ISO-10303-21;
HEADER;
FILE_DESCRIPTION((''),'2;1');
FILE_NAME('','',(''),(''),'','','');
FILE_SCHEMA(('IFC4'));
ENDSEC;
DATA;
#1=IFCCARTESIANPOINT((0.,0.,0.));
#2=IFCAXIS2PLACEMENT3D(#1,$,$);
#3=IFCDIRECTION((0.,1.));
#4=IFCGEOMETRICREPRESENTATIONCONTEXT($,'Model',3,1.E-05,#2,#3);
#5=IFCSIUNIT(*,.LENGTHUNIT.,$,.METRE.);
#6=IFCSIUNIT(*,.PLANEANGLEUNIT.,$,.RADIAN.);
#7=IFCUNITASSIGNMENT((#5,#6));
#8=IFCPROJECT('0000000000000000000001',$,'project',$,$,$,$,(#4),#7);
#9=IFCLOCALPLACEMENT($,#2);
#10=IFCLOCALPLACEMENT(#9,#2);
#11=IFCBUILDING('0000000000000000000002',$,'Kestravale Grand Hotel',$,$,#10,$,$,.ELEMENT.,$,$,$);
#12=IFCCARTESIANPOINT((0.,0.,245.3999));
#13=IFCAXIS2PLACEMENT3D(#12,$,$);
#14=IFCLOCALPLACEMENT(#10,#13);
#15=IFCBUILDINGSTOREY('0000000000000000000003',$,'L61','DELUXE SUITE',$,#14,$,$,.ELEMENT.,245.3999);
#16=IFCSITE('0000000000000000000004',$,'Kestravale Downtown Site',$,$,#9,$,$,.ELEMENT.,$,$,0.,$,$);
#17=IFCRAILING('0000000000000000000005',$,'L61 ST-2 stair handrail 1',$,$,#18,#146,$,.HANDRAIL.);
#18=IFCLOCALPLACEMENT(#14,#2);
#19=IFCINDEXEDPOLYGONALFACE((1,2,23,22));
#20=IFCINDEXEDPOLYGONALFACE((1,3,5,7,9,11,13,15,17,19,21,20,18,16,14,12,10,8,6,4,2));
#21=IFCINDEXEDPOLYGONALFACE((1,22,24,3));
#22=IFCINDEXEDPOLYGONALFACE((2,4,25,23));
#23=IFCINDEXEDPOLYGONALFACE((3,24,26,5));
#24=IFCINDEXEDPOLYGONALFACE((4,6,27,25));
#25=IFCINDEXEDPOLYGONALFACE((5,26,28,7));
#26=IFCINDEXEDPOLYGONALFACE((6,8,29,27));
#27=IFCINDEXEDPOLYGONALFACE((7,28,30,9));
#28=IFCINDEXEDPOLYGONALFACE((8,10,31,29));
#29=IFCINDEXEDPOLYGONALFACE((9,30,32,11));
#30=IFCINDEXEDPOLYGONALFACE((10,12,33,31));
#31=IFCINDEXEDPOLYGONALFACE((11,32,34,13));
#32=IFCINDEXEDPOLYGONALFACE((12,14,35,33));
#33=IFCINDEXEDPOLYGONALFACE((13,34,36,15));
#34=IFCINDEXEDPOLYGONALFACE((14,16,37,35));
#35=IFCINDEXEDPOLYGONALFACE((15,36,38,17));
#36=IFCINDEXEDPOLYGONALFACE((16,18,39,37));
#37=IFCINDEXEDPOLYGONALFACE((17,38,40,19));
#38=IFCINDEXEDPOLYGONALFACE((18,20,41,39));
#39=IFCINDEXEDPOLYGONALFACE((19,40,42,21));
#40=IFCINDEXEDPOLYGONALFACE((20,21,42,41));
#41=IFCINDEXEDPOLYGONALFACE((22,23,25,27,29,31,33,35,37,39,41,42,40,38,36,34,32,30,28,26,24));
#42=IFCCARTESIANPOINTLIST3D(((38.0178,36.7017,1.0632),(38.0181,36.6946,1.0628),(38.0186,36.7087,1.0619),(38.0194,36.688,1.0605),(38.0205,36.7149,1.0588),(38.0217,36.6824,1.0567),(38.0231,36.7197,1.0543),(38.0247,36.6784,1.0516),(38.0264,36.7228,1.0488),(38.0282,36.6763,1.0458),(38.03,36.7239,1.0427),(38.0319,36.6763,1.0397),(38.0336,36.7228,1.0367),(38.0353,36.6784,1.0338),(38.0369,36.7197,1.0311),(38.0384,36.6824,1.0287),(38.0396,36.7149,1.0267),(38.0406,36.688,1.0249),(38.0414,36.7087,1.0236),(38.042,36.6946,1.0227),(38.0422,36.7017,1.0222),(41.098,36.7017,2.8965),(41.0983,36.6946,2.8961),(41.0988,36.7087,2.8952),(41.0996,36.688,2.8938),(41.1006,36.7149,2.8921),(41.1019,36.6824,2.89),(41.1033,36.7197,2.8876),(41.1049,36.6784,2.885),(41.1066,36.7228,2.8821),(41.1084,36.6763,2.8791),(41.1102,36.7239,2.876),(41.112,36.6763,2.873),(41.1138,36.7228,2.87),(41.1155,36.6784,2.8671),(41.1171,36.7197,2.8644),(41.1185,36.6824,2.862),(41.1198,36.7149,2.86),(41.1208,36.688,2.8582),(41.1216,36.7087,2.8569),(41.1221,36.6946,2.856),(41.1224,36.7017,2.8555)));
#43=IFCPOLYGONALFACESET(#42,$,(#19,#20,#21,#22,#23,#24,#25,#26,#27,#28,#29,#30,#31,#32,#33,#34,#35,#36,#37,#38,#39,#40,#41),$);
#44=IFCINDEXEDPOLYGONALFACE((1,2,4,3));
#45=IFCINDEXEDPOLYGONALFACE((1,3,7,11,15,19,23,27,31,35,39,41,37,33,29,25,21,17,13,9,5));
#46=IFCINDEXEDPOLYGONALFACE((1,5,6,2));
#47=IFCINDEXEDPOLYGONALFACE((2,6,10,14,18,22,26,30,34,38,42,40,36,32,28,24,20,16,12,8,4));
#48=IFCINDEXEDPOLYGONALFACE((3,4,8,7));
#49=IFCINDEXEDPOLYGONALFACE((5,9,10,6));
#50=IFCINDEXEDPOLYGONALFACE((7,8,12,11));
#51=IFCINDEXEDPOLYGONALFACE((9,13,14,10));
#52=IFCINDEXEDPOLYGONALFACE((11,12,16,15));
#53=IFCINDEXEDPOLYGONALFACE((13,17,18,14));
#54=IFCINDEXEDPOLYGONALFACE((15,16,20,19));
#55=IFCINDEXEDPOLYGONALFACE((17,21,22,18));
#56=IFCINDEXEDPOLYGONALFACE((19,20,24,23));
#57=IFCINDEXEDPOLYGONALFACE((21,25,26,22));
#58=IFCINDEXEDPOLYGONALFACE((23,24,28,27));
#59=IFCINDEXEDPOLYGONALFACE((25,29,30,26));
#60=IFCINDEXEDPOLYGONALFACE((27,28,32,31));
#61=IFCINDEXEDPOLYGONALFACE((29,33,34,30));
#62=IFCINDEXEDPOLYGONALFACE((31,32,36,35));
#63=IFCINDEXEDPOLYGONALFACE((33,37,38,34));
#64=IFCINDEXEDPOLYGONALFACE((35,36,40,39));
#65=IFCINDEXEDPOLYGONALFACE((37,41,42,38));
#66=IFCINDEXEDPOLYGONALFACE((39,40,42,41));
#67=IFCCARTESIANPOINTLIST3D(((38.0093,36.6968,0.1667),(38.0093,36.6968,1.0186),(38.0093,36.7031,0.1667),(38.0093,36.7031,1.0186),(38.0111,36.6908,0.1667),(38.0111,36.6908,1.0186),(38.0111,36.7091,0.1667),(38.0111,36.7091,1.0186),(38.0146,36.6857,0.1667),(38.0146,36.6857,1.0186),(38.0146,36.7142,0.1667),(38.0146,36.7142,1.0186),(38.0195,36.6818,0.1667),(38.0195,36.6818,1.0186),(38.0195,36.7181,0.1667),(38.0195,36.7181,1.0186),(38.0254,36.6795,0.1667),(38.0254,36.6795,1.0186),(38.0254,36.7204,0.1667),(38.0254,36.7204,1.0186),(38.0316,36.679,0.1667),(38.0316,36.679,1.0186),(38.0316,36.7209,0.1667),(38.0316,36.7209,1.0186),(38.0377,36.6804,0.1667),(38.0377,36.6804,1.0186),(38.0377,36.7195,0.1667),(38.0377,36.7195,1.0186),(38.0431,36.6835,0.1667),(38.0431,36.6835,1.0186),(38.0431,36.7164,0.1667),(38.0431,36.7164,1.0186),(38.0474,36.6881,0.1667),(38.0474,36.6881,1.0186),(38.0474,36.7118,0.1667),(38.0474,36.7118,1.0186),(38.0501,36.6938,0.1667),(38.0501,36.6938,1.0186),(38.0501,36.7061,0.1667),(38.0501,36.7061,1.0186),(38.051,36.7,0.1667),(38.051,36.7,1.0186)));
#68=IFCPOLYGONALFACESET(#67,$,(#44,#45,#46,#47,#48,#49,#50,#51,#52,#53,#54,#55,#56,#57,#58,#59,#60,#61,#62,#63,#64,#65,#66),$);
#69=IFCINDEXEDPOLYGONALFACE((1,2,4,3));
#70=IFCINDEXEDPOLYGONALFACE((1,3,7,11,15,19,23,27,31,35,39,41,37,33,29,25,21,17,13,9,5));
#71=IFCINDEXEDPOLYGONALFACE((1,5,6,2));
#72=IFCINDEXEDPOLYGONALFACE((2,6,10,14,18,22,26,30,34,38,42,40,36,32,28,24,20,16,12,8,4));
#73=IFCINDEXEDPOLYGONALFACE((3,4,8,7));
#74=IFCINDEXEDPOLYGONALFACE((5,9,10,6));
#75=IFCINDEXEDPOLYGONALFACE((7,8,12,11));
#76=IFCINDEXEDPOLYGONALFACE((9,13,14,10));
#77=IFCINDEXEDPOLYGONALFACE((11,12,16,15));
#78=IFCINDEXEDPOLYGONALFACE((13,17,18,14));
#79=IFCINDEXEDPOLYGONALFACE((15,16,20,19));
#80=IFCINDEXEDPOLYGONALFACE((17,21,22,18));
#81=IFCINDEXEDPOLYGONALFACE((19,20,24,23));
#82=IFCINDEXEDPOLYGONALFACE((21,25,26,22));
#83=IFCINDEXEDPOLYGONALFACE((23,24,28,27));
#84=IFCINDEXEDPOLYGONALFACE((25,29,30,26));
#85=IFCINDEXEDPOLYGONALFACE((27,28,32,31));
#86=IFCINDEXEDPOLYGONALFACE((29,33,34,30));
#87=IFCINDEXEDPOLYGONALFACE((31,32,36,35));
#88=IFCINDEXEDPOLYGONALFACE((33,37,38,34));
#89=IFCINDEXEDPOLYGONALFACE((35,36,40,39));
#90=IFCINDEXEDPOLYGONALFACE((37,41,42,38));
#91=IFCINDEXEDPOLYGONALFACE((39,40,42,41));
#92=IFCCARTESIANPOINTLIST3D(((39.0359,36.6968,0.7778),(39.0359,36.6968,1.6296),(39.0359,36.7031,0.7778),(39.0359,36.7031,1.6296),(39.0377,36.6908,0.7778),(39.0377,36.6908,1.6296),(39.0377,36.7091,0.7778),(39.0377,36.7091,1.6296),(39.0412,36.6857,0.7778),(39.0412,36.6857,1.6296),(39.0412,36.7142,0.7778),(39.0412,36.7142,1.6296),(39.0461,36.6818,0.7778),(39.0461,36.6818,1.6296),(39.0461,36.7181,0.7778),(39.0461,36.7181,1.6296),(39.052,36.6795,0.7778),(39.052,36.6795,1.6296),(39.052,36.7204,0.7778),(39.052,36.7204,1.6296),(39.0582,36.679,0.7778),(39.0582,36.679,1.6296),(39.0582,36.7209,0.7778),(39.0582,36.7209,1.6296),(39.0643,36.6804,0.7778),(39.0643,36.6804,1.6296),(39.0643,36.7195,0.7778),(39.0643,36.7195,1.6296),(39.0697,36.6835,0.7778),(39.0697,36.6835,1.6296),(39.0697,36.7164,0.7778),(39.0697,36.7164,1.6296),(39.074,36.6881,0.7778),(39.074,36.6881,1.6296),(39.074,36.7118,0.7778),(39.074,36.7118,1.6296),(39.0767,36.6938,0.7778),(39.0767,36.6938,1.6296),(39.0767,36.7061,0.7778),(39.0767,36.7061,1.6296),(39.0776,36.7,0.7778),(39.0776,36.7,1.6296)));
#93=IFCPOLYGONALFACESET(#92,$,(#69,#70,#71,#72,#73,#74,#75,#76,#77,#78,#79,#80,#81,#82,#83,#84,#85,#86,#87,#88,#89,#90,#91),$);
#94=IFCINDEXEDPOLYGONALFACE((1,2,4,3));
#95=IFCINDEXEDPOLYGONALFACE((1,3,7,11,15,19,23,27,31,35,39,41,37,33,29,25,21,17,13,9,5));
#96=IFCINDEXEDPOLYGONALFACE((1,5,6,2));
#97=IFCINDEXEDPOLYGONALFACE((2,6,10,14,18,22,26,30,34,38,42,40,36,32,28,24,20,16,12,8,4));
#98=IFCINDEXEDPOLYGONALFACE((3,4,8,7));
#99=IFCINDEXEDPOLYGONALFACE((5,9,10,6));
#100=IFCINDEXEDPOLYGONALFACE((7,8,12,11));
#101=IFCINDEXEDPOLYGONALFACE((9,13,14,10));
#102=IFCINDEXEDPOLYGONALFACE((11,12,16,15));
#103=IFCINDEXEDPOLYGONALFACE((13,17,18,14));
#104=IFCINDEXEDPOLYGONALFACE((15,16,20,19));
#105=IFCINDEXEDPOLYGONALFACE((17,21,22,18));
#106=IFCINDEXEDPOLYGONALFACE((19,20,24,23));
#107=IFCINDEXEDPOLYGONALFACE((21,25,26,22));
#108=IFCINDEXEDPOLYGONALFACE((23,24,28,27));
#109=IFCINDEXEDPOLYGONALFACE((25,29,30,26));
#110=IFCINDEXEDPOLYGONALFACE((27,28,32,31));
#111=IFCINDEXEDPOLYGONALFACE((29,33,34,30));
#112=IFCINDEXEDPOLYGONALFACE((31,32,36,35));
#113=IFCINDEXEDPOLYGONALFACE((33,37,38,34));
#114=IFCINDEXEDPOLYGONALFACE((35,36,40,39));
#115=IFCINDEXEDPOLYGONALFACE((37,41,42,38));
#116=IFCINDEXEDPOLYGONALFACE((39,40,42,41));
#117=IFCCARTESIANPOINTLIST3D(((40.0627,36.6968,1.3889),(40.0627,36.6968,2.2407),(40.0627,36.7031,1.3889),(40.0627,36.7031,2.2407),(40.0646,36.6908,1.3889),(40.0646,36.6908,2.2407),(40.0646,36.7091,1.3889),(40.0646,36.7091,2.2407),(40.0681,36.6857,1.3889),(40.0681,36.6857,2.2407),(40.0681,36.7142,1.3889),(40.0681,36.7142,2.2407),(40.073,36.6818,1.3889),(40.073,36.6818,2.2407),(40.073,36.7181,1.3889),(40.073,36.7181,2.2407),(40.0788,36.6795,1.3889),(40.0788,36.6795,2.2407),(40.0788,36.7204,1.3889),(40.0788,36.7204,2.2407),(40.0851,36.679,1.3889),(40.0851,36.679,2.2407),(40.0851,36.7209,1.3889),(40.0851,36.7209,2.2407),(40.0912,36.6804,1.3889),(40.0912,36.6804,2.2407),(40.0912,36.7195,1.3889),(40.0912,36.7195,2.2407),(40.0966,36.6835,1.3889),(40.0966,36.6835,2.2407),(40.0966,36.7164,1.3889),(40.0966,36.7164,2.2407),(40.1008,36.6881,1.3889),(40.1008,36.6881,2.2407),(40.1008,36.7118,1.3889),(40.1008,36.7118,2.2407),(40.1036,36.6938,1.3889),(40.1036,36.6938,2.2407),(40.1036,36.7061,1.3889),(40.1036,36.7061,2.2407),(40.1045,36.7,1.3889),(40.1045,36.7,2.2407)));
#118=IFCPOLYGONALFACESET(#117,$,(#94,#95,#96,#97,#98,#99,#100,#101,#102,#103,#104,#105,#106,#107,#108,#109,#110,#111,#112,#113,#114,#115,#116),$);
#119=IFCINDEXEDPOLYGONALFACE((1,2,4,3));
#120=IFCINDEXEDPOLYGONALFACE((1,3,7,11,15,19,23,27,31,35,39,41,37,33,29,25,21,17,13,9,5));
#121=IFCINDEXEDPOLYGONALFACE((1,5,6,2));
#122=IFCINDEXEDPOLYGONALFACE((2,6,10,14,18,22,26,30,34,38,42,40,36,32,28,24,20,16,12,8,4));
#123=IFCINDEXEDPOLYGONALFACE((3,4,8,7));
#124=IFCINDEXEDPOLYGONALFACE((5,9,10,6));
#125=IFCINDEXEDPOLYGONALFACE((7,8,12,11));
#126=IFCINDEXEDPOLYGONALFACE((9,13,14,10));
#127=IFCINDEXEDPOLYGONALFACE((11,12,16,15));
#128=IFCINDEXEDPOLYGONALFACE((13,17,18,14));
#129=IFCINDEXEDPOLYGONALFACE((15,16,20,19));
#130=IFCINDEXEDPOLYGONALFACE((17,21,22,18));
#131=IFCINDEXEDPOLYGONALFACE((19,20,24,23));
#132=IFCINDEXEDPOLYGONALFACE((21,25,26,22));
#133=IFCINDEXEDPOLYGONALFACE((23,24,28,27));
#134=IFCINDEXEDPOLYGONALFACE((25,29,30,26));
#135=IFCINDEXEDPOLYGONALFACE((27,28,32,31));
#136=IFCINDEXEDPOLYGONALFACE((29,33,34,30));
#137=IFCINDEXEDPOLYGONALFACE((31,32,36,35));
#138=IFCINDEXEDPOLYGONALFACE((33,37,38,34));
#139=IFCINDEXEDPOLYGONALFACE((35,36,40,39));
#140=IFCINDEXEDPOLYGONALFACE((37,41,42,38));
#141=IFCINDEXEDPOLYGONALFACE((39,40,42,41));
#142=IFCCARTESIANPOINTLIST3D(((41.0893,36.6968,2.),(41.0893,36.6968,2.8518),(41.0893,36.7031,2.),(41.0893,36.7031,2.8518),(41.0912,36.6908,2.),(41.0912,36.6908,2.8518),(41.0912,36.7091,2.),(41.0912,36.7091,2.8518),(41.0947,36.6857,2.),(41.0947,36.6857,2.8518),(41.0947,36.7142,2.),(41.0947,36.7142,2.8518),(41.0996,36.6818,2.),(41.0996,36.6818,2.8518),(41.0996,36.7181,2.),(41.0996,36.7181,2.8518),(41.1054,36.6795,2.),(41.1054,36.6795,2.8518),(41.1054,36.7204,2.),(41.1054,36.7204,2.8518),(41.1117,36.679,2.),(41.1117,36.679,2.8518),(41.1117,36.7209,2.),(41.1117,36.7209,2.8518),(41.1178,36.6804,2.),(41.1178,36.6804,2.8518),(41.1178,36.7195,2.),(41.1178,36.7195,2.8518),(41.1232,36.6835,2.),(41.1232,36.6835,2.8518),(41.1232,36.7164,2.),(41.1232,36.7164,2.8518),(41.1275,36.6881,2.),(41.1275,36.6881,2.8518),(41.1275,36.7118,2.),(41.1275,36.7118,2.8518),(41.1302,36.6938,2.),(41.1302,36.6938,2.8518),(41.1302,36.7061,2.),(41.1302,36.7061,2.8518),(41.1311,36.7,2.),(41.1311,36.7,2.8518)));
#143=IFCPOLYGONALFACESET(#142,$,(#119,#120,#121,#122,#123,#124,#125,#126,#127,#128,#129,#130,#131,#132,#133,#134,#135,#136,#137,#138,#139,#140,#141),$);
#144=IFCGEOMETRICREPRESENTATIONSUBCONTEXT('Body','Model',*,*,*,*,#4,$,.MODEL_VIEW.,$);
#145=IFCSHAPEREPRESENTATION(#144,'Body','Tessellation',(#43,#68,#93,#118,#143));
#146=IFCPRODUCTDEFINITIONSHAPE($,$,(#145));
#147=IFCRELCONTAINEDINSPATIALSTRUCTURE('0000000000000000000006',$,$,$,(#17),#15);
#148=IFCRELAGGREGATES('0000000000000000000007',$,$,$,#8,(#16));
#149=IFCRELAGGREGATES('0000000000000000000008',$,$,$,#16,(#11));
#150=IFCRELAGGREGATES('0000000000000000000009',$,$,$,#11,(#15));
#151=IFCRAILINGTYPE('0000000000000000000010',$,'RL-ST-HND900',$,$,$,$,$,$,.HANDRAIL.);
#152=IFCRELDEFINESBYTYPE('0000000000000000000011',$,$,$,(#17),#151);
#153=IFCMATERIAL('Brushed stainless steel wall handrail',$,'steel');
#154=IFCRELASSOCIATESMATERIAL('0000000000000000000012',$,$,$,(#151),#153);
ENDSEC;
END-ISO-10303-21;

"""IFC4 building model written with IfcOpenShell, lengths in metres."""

from ifc_helpers import new_model, si_unit, direction, frame, origin, origin_2d, place, context, subcontext, project, spatial, circle, extrude, material, type_object, element, save


model = new_model("IFC4")

# Units and contexts
model_context = context("Model", 3, precision=1e-05, world=origin(), true_north=direction((0.0, 1.0)))
body_context = subcontext(model_context, "Body", "Model", "MODEL_VIEW")
ifc_project = project(units=[si_unit("LENGTHUNIT", "METRE"), si_unit("PLANEANGLEUNIT", "RADIAN")], contexts=[model_context])

# Site, building, storey
site_placement = place(None, origin())
site = spatial("IfcSite", under=ifc_project, at=site_placement, Name="Kestravale Downtown Site", CompositionType="ELEMENT", RefElevation=0.0)
building_placement = place(site_placement, origin())
building = spatial("IfcBuilding", under=site, at=building_placement, Name="Kestravale Grand Hotel", CompositionType="ELEMENT")
storey_placement = place(building_placement, frame((0.0, 0.0, 245.3999)))
storey = spatial("IfcBuildingStorey", under=building, at=storey_placement, Name="L61", Description="DELUXE SUITE", CompositionType="ELEMENT", Elevation=245.3999)

# Railing
ifc_material_1 = material(Name="Brushed stainless steel wall handrail", Category="steel")
railing_type_1 = type_object("IfcRailingType", Name="RL-ST-HND900", PredefinedType="HANDRAIL", material=ifc_material_1)
railing_1_placement = place(storey_placement, frame((38.03, 36.7, 0.1667)))
element("IfcRailing", 1, at=railing_1_placement, inside=storey, type_object=railing_type_1, Name="L61 ST-2 stair handrail 1", PredefinedType="HANDRAIL", context=body_context, shape_type="SweptSolid", body=[
    extrude(circle(Radius=0.0239, at=origin_2d()), frame((0.0, 0.0, 0.876), z_axis=(0.859309, 0.0, 0.511458), x_axis=(0.0, 1.0, 0.0)), (0.0, 0.0, 1.0), 3.5845),
    extrude(circle(Radius=0.021, at=origin_2d()), origin(), (0.0, 0.0, 1.0), 0.8518),
    extrude(circle(Radius=0.021, at=origin_2d()), frame((1.0266, 0.0, 0.6111)), (0.0, 0.0, 1.0), 0.8518),
    extrude(circle(Radius=0.021, at=origin_2d()), frame((2.0535, 0.0, 1.2222)), (0.0, 0.0, 1.0), 0.8518),
    extrude(circle(Radius=0.021, at=origin_2d()), frame((3.0801, 0.0, 1.8333)), (0.0, 0.0, 1.0), 0.8518),
])

save(model, "model.ifc")
